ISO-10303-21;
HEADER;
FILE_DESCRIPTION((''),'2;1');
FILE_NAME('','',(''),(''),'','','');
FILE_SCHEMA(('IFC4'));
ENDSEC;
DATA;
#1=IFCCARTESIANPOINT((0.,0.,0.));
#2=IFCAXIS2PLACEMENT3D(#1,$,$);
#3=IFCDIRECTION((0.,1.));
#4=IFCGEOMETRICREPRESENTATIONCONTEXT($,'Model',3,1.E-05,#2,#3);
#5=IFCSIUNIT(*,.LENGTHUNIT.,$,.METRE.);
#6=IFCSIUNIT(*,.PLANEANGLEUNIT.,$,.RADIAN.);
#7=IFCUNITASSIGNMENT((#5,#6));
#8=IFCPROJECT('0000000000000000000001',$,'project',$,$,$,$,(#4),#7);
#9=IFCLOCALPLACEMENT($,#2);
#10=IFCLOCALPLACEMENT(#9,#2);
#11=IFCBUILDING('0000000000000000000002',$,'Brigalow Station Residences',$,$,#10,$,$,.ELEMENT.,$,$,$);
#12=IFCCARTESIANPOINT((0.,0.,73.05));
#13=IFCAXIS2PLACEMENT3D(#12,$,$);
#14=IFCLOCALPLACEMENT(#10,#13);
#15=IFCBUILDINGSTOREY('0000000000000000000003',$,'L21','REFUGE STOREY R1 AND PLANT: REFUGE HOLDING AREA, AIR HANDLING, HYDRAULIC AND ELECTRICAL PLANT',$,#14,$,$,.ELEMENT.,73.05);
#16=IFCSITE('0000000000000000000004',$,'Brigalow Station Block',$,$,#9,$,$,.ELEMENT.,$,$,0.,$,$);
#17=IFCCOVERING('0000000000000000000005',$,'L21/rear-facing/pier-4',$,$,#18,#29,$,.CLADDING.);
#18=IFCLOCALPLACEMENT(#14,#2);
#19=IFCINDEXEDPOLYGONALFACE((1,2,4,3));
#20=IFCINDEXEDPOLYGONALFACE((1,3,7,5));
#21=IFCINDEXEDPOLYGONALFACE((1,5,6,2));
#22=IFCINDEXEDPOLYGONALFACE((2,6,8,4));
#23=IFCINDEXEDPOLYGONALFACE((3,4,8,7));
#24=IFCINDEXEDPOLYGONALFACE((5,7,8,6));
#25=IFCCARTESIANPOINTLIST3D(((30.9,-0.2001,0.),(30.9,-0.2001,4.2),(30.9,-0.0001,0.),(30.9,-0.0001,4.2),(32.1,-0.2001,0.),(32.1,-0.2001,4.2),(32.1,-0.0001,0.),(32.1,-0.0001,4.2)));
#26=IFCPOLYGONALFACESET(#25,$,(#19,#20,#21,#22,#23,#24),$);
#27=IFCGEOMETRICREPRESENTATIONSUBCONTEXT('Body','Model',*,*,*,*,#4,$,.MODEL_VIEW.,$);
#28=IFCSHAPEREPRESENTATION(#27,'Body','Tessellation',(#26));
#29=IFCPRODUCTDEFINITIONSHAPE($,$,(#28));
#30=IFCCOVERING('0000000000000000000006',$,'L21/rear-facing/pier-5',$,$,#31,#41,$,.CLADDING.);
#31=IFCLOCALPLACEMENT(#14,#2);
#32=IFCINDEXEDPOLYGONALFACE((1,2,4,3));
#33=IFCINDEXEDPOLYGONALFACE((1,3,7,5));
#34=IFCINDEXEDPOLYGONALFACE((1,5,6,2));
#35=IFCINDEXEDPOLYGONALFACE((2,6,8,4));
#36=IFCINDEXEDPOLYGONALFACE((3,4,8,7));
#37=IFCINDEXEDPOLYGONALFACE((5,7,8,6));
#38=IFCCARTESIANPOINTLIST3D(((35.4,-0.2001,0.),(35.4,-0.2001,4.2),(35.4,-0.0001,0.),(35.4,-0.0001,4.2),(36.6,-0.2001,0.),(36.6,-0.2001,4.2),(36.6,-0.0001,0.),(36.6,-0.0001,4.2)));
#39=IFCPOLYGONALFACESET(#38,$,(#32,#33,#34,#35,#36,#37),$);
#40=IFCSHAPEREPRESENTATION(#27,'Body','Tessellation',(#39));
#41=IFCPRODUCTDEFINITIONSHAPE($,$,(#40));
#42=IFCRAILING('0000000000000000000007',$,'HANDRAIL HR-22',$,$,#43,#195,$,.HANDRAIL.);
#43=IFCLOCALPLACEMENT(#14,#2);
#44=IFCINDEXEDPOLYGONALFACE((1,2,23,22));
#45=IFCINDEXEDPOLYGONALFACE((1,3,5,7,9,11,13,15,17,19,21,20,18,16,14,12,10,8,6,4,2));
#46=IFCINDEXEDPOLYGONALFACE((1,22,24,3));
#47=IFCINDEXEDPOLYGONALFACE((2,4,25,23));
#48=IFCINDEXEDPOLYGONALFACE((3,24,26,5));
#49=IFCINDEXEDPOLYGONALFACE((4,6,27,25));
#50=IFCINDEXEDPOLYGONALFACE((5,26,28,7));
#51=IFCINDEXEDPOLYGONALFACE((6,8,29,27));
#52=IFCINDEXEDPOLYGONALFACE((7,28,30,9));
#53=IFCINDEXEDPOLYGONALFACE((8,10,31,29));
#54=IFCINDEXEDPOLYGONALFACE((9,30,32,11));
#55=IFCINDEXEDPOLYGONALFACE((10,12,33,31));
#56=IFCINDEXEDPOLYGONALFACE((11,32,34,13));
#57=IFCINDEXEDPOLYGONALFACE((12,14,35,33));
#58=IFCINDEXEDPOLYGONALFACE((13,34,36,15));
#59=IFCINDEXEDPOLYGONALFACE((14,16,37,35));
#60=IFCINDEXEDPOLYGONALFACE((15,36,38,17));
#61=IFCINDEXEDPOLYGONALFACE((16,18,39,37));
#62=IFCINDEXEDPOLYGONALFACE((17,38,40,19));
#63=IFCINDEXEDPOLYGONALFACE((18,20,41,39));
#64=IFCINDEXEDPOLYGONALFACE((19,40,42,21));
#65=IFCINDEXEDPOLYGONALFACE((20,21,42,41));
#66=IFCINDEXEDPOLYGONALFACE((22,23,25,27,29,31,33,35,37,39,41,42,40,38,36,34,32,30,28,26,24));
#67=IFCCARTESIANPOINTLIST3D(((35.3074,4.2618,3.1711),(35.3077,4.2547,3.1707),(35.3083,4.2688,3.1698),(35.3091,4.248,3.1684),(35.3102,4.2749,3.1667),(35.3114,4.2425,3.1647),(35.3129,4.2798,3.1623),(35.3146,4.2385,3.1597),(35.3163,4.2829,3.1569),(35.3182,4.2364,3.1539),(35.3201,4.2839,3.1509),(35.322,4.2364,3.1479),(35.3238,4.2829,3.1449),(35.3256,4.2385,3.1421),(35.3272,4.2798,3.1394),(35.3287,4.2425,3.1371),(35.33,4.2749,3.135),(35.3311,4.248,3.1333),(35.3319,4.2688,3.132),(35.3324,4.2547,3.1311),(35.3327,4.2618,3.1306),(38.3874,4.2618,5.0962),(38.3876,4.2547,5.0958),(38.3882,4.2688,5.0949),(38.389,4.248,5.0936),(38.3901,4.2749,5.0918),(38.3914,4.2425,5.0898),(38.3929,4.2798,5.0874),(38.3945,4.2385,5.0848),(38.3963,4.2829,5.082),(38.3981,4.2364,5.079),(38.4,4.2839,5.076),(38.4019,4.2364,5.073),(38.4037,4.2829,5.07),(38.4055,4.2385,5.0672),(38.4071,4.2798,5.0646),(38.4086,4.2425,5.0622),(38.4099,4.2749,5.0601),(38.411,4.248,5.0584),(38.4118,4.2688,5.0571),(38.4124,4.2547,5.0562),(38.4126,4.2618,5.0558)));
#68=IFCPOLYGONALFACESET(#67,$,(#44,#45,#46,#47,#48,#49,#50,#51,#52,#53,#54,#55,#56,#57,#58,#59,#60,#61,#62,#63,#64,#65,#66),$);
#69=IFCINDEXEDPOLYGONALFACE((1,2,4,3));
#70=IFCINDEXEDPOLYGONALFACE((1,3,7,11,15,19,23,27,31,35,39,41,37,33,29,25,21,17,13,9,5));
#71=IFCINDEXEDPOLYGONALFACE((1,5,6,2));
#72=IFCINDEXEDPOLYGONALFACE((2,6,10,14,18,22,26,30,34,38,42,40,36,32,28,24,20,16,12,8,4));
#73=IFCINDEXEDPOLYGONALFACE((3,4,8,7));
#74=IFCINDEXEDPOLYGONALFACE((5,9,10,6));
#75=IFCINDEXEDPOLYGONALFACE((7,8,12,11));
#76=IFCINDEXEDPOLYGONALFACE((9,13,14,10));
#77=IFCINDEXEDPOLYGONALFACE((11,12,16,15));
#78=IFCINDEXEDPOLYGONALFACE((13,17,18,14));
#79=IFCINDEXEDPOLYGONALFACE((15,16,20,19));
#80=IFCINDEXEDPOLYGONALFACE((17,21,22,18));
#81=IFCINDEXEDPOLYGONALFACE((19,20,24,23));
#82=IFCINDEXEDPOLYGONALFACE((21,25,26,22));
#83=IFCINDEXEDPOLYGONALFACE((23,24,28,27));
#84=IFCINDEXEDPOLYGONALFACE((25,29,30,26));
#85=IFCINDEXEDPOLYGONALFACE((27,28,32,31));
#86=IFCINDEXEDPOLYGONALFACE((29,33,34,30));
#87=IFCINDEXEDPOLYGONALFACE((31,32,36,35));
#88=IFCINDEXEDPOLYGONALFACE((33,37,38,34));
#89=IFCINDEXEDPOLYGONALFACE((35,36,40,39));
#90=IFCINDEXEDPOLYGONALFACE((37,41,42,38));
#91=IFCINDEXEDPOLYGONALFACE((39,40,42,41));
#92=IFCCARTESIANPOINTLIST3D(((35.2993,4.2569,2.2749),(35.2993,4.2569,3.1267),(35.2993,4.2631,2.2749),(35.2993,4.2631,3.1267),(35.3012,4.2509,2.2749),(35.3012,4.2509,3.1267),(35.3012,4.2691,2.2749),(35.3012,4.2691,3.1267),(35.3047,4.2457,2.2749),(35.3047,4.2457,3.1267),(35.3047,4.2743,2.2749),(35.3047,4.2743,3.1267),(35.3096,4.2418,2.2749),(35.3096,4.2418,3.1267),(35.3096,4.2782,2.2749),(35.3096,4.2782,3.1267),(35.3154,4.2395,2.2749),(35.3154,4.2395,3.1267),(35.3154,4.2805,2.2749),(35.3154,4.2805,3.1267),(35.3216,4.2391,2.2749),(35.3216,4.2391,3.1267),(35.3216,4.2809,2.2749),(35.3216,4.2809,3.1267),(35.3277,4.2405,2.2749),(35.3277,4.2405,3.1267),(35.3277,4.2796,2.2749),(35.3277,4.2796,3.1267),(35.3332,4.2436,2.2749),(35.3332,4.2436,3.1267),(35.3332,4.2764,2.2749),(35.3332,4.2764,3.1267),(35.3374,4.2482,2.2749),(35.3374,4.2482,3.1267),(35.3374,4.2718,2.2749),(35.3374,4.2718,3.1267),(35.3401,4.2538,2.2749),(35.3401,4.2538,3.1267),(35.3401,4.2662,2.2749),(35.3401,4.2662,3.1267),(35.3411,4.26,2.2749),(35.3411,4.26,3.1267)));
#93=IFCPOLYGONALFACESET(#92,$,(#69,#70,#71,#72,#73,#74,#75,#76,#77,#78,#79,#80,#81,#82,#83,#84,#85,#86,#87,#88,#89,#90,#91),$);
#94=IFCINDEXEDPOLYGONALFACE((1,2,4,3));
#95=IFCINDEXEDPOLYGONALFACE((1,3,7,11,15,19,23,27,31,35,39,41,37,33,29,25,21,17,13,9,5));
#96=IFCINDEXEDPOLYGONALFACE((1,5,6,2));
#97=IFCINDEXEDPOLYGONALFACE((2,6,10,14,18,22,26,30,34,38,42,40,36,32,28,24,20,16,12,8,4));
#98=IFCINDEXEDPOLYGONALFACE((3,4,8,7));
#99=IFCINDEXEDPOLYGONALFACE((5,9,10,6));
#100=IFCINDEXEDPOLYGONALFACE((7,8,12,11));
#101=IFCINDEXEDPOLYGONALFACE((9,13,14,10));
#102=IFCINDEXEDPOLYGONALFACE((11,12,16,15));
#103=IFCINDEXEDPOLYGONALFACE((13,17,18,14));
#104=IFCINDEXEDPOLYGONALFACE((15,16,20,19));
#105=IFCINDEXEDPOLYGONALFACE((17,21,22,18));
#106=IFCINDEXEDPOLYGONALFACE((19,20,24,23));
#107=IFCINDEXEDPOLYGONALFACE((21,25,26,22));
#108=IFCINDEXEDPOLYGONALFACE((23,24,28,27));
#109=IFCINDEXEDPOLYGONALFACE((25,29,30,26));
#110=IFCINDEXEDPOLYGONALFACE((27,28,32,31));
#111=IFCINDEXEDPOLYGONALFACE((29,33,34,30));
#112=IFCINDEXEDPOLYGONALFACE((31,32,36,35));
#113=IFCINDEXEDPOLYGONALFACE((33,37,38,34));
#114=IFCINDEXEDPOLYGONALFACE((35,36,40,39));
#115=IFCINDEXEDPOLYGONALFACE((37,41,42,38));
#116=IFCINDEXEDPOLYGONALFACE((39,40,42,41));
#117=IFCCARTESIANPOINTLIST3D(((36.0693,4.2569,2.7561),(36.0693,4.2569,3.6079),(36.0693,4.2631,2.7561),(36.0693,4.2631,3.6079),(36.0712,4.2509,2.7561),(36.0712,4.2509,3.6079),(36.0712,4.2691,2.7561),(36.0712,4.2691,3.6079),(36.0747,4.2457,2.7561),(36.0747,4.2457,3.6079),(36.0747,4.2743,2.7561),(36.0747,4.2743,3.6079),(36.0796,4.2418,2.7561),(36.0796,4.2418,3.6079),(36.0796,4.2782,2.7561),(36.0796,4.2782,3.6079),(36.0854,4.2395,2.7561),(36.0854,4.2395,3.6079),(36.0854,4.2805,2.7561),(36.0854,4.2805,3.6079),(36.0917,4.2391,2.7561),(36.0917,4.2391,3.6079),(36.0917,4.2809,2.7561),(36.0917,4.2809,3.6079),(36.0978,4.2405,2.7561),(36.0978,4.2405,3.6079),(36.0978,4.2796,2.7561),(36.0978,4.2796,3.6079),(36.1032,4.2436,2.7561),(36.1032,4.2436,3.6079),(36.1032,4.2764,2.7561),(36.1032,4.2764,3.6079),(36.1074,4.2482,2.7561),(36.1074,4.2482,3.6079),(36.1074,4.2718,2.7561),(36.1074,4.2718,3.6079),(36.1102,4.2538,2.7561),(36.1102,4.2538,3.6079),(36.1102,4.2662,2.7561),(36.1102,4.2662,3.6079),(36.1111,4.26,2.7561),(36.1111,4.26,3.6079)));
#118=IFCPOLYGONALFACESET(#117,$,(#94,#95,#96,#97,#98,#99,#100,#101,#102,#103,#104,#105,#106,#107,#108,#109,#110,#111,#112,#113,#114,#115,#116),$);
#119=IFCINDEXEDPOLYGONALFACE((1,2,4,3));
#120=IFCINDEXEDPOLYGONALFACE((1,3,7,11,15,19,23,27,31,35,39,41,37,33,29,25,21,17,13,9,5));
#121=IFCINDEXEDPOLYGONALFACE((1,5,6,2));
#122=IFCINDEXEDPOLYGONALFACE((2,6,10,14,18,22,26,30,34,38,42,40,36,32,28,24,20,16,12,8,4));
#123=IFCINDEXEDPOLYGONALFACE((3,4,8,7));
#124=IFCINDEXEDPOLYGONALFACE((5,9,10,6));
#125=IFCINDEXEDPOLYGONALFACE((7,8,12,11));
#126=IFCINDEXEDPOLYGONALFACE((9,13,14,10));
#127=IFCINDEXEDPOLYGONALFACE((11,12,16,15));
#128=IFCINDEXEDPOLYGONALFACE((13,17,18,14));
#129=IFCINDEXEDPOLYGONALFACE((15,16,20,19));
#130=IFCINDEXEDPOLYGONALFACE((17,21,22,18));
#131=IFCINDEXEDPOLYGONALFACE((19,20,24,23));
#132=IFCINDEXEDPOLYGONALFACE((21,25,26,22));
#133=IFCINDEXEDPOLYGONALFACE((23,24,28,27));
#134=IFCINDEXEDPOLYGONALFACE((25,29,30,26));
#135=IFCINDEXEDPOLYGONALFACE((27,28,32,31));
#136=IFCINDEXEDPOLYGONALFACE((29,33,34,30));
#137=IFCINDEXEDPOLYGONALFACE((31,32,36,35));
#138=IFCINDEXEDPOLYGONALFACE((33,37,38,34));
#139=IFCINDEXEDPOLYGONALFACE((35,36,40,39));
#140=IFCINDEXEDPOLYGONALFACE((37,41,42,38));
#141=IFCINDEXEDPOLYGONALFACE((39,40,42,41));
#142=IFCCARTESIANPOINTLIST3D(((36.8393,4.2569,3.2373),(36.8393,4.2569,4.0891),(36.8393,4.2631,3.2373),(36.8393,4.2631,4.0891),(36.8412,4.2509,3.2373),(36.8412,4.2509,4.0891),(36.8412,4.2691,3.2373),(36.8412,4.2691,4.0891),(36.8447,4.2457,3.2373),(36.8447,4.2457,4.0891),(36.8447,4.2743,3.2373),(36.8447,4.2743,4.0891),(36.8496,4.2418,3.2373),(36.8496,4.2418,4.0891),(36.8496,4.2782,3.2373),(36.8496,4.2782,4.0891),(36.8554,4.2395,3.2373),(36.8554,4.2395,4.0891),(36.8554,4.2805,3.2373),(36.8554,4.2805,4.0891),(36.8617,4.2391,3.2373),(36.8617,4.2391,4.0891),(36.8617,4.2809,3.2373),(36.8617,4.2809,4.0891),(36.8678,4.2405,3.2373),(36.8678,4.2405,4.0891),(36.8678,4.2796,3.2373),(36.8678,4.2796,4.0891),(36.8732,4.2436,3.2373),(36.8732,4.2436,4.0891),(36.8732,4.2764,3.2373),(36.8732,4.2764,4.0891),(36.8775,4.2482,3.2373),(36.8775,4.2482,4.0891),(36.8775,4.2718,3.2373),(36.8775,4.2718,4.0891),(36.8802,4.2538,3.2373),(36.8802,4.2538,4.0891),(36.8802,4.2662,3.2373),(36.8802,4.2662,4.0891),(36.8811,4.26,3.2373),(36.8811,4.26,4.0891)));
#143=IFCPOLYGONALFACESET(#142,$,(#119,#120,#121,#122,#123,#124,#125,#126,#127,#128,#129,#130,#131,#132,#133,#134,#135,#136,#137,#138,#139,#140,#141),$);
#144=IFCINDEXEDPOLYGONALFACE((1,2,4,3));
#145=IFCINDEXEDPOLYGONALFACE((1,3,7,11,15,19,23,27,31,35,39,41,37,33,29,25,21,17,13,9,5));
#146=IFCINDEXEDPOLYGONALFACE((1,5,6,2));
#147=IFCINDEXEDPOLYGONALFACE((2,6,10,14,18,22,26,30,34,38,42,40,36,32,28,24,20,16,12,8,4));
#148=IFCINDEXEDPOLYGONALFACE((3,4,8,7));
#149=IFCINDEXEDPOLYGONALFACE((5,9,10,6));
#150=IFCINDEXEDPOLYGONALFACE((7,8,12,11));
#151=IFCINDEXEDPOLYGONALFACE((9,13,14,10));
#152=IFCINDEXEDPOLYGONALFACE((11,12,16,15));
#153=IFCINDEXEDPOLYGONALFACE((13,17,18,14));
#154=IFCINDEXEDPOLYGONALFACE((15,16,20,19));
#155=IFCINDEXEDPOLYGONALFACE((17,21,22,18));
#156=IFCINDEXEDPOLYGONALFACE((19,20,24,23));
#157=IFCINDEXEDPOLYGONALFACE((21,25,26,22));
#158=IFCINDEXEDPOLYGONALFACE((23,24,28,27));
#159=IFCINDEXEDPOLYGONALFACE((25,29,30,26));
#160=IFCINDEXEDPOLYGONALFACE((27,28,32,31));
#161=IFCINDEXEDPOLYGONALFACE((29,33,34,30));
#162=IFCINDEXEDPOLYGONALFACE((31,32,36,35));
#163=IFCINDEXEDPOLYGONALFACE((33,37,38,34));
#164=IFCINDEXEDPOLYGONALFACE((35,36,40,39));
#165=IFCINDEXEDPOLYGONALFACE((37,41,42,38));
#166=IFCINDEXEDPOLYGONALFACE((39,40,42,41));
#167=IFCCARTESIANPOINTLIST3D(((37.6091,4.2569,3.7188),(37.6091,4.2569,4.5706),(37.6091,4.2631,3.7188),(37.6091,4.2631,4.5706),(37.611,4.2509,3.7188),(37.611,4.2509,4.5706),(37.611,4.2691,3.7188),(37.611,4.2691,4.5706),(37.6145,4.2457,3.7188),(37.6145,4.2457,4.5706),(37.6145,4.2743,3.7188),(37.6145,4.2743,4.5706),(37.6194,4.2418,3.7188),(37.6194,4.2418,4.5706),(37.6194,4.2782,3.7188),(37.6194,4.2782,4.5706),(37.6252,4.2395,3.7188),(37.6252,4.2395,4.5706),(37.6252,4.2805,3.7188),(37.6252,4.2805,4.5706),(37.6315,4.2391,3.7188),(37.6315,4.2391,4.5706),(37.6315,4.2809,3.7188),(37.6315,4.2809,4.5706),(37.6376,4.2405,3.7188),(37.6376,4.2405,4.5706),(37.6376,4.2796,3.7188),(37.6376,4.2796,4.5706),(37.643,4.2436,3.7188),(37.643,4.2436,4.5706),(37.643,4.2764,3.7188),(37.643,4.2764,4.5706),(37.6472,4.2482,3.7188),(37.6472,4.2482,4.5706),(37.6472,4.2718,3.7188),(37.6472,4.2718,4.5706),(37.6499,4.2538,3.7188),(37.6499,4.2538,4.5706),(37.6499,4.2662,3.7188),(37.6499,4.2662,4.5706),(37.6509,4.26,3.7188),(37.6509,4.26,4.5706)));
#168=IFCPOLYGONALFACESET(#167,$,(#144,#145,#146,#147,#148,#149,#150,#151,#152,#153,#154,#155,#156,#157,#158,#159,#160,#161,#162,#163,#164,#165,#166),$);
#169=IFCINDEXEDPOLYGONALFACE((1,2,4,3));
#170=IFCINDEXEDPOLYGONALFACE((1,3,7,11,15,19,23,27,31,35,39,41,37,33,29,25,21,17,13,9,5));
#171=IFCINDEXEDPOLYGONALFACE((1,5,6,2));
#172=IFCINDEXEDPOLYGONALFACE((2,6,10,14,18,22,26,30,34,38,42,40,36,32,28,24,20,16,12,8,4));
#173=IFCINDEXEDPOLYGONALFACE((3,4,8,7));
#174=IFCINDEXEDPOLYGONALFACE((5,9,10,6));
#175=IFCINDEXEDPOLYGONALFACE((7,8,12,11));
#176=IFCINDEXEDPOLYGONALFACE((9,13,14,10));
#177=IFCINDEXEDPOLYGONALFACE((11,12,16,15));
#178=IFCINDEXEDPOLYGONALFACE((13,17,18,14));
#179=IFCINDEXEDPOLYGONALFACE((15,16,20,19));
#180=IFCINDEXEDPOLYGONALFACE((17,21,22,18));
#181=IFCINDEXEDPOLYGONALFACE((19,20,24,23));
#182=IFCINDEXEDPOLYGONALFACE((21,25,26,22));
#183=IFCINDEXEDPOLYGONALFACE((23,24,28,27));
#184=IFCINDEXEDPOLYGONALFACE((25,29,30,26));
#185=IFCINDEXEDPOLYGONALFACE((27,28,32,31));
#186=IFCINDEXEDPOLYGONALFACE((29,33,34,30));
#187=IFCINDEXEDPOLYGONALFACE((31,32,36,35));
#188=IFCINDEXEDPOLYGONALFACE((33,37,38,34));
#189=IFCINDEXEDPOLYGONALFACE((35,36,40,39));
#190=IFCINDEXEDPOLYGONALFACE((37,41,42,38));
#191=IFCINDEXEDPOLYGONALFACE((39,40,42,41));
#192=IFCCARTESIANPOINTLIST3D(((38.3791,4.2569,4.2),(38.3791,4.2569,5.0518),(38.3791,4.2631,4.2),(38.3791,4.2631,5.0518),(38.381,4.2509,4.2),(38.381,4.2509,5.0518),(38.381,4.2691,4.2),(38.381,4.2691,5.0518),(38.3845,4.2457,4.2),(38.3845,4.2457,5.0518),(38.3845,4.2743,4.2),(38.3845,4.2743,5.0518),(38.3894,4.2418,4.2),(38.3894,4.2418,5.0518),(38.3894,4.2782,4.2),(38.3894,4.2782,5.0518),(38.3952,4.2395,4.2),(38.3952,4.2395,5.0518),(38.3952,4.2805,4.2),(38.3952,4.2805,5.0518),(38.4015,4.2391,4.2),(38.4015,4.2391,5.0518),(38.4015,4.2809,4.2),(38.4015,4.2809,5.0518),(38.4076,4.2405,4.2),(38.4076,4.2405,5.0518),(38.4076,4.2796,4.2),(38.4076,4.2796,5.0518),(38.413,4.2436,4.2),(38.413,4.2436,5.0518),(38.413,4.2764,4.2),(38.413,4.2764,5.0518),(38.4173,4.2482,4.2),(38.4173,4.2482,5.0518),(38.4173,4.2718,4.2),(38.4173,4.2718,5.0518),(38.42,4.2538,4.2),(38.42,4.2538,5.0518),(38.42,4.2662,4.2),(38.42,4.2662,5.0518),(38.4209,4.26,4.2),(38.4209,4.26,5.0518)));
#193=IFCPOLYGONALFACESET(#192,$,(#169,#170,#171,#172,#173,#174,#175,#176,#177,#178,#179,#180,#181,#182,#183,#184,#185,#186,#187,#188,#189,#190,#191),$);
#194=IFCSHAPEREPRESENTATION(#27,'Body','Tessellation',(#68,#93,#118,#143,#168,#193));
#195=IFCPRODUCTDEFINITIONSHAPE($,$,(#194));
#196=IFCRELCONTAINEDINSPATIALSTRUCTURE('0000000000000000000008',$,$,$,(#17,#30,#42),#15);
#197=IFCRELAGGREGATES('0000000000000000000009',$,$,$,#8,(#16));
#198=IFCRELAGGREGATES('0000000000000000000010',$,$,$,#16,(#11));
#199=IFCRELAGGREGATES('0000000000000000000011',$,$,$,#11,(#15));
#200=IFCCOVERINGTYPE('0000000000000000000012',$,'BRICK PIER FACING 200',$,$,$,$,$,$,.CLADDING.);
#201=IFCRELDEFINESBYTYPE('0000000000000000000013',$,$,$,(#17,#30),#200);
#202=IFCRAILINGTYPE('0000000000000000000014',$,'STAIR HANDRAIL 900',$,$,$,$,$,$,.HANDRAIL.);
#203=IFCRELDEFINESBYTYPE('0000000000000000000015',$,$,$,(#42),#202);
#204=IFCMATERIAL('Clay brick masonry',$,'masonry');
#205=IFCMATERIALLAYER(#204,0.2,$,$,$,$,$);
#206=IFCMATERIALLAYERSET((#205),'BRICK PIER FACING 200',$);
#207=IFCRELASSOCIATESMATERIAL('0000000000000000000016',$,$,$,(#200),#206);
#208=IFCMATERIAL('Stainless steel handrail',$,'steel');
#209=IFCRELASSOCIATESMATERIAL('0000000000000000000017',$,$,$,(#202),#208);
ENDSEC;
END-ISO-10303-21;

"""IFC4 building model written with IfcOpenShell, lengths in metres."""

from ifc_helpers import new_model, si_unit, direction, frame, origin, origin_2d, place, context, subcontext, project, spatial, rectangle, circle, extrude, material, layer, layer_set, type_object, element, save


model = new_model("IFC4")

# Units and contexts
model_context = context("Model", 3, precision=1e-05, world=origin(), true_north=direction((0.0, 1.0)))
body_context = subcontext(model_context, "Body", "Model", "MODEL_VIEW")
ifc_project = project(units=[si_unit("LENGTHUNIT", "METRE"), si_unit("PLANEANGLEUNIT", "RADIAN")], contexts=[model_context])

# Site, building, storey
site_placement = place(None, origin())
site = spatial("IfcSite", under=ifc_project, at=site_placement, Name="Brigalow Station Block", CompositionType="ELEMENT", RefElevation=0.0)
building_placement = place(site_placement, origin())
building = spatial("IfcBuilding", under=site, at=building_placement, Name="Brigalow Station Residences", CompositionType="ELEMENT")
storey_placement = place(building_placement, frame((0.0, 0.0, 73.05)))
storey = spatial("IfcBuildingStorey", under=building, at=storey_placement, Name="L21", Description="REFUGE STOREY R1 AND PLANT: REFUGE HOLDING AREA, AIR HANDLING, HYDRAULIC AND ELECTRICAL PLANT", CompositionType="ELEMENT", Elevation=73.05)

# Coverings
ifc_material_1 = material(Name="Clay brick masonry", Category="masonry")
ifc_layer_1 = layer(ifc_material_1, 0.2)
ifc_layer_set_1 = layer_set([ifc_layer_1], Name="BRICK PIER FACING 200")
covering_type_1 = type_object("IfcCoveringType", Name="BRICK PIER FACING 200", PredefinedType="CLADDING", material=ifc_layer_set_1)
for number, where, z_axis, x_axis, name in (
    (1, (31.5, -0.1001, 0.0), (0.0, 0.0, 1.0), (1.0, 0.0, 0.0), "L21/rear-facing/pier-4"),
    (2, (36.0, -0.1001, 0.0), (0.0, 0.0, 1.0), (1.0, 0.0, 0.0), "L21/rear-facing/pier-5"),
):
    element("IfcCovering", number, at=place(storey_placement, frame(where, z_axis=z_axis, x_axis=x_axis)), inside=storey, type_object=covering_type_1, Name=name, PredefinedType="CLADDING", context=body_context, shape_type="SweptSolid", body=[
        extrude(rectangle(XDim=1.2, YDim=0.2, at=origin_2d()), origin(), (0.0, 0.0, 1.0), 4.2),
    ])

# Railing
ifc_material_2 = material(Name="Stainless steel handrail", Category="steel")
railing_type = type_object("IfcRailingType", Name="STAIR HANDRAIL 900", PredefinedType="HANDRAIL", material=ifc_material_2)
railing_placement = place(storey_placement, frame((35.3201, 4.26, 2.2749)))
element("IfcRailing", 3, at=railing_placement, inside=storey, type_object=railing_type, Name="HANDRAIL HR-22", PredefinedType="HANDRAIL", context=body_context, shape_type="SweptSolid", body=[
    extrude(circle(Radius=0.0239, at=origin_2d()), frame((0.0, 0.0, 0.876), z_axis=(0.847979, 0.0, 0.530029), x_axis=(0.0, 1.0, 0.0)), (0.0, 0.0, 1.0), 3.6321),
    extrude(circle(Radius=0.021, at=origin_2d()), origin(), (0.0, 0.0, 1.0), 0.8518),
    extrude(circle(Radius=0.021, at=origin_2d()), frame((0.77, 0.0, 0.4812)), (0.0, 0.0, 1.0), 0.8518),
    extrude(circle(Radius=0.021, at=origin_2d()), frame((1.54, 0.0, 0.9624)), (0.0, 0.0, 1.0), 0.8518),
    extrude(circle(Radius=0.021, at=origin_2d()), frame((2.3098, 0.0, 1.4438)), (0.0, 0.0, 1.0), 0.8518),
    extrude(circle(Radius=0.021, at=origin_2d()), frame((3.0798, 0.0, 1.925)), (0.0, 0.0, 1.0), 0.8518),
])

save(model, "model.ifc")
